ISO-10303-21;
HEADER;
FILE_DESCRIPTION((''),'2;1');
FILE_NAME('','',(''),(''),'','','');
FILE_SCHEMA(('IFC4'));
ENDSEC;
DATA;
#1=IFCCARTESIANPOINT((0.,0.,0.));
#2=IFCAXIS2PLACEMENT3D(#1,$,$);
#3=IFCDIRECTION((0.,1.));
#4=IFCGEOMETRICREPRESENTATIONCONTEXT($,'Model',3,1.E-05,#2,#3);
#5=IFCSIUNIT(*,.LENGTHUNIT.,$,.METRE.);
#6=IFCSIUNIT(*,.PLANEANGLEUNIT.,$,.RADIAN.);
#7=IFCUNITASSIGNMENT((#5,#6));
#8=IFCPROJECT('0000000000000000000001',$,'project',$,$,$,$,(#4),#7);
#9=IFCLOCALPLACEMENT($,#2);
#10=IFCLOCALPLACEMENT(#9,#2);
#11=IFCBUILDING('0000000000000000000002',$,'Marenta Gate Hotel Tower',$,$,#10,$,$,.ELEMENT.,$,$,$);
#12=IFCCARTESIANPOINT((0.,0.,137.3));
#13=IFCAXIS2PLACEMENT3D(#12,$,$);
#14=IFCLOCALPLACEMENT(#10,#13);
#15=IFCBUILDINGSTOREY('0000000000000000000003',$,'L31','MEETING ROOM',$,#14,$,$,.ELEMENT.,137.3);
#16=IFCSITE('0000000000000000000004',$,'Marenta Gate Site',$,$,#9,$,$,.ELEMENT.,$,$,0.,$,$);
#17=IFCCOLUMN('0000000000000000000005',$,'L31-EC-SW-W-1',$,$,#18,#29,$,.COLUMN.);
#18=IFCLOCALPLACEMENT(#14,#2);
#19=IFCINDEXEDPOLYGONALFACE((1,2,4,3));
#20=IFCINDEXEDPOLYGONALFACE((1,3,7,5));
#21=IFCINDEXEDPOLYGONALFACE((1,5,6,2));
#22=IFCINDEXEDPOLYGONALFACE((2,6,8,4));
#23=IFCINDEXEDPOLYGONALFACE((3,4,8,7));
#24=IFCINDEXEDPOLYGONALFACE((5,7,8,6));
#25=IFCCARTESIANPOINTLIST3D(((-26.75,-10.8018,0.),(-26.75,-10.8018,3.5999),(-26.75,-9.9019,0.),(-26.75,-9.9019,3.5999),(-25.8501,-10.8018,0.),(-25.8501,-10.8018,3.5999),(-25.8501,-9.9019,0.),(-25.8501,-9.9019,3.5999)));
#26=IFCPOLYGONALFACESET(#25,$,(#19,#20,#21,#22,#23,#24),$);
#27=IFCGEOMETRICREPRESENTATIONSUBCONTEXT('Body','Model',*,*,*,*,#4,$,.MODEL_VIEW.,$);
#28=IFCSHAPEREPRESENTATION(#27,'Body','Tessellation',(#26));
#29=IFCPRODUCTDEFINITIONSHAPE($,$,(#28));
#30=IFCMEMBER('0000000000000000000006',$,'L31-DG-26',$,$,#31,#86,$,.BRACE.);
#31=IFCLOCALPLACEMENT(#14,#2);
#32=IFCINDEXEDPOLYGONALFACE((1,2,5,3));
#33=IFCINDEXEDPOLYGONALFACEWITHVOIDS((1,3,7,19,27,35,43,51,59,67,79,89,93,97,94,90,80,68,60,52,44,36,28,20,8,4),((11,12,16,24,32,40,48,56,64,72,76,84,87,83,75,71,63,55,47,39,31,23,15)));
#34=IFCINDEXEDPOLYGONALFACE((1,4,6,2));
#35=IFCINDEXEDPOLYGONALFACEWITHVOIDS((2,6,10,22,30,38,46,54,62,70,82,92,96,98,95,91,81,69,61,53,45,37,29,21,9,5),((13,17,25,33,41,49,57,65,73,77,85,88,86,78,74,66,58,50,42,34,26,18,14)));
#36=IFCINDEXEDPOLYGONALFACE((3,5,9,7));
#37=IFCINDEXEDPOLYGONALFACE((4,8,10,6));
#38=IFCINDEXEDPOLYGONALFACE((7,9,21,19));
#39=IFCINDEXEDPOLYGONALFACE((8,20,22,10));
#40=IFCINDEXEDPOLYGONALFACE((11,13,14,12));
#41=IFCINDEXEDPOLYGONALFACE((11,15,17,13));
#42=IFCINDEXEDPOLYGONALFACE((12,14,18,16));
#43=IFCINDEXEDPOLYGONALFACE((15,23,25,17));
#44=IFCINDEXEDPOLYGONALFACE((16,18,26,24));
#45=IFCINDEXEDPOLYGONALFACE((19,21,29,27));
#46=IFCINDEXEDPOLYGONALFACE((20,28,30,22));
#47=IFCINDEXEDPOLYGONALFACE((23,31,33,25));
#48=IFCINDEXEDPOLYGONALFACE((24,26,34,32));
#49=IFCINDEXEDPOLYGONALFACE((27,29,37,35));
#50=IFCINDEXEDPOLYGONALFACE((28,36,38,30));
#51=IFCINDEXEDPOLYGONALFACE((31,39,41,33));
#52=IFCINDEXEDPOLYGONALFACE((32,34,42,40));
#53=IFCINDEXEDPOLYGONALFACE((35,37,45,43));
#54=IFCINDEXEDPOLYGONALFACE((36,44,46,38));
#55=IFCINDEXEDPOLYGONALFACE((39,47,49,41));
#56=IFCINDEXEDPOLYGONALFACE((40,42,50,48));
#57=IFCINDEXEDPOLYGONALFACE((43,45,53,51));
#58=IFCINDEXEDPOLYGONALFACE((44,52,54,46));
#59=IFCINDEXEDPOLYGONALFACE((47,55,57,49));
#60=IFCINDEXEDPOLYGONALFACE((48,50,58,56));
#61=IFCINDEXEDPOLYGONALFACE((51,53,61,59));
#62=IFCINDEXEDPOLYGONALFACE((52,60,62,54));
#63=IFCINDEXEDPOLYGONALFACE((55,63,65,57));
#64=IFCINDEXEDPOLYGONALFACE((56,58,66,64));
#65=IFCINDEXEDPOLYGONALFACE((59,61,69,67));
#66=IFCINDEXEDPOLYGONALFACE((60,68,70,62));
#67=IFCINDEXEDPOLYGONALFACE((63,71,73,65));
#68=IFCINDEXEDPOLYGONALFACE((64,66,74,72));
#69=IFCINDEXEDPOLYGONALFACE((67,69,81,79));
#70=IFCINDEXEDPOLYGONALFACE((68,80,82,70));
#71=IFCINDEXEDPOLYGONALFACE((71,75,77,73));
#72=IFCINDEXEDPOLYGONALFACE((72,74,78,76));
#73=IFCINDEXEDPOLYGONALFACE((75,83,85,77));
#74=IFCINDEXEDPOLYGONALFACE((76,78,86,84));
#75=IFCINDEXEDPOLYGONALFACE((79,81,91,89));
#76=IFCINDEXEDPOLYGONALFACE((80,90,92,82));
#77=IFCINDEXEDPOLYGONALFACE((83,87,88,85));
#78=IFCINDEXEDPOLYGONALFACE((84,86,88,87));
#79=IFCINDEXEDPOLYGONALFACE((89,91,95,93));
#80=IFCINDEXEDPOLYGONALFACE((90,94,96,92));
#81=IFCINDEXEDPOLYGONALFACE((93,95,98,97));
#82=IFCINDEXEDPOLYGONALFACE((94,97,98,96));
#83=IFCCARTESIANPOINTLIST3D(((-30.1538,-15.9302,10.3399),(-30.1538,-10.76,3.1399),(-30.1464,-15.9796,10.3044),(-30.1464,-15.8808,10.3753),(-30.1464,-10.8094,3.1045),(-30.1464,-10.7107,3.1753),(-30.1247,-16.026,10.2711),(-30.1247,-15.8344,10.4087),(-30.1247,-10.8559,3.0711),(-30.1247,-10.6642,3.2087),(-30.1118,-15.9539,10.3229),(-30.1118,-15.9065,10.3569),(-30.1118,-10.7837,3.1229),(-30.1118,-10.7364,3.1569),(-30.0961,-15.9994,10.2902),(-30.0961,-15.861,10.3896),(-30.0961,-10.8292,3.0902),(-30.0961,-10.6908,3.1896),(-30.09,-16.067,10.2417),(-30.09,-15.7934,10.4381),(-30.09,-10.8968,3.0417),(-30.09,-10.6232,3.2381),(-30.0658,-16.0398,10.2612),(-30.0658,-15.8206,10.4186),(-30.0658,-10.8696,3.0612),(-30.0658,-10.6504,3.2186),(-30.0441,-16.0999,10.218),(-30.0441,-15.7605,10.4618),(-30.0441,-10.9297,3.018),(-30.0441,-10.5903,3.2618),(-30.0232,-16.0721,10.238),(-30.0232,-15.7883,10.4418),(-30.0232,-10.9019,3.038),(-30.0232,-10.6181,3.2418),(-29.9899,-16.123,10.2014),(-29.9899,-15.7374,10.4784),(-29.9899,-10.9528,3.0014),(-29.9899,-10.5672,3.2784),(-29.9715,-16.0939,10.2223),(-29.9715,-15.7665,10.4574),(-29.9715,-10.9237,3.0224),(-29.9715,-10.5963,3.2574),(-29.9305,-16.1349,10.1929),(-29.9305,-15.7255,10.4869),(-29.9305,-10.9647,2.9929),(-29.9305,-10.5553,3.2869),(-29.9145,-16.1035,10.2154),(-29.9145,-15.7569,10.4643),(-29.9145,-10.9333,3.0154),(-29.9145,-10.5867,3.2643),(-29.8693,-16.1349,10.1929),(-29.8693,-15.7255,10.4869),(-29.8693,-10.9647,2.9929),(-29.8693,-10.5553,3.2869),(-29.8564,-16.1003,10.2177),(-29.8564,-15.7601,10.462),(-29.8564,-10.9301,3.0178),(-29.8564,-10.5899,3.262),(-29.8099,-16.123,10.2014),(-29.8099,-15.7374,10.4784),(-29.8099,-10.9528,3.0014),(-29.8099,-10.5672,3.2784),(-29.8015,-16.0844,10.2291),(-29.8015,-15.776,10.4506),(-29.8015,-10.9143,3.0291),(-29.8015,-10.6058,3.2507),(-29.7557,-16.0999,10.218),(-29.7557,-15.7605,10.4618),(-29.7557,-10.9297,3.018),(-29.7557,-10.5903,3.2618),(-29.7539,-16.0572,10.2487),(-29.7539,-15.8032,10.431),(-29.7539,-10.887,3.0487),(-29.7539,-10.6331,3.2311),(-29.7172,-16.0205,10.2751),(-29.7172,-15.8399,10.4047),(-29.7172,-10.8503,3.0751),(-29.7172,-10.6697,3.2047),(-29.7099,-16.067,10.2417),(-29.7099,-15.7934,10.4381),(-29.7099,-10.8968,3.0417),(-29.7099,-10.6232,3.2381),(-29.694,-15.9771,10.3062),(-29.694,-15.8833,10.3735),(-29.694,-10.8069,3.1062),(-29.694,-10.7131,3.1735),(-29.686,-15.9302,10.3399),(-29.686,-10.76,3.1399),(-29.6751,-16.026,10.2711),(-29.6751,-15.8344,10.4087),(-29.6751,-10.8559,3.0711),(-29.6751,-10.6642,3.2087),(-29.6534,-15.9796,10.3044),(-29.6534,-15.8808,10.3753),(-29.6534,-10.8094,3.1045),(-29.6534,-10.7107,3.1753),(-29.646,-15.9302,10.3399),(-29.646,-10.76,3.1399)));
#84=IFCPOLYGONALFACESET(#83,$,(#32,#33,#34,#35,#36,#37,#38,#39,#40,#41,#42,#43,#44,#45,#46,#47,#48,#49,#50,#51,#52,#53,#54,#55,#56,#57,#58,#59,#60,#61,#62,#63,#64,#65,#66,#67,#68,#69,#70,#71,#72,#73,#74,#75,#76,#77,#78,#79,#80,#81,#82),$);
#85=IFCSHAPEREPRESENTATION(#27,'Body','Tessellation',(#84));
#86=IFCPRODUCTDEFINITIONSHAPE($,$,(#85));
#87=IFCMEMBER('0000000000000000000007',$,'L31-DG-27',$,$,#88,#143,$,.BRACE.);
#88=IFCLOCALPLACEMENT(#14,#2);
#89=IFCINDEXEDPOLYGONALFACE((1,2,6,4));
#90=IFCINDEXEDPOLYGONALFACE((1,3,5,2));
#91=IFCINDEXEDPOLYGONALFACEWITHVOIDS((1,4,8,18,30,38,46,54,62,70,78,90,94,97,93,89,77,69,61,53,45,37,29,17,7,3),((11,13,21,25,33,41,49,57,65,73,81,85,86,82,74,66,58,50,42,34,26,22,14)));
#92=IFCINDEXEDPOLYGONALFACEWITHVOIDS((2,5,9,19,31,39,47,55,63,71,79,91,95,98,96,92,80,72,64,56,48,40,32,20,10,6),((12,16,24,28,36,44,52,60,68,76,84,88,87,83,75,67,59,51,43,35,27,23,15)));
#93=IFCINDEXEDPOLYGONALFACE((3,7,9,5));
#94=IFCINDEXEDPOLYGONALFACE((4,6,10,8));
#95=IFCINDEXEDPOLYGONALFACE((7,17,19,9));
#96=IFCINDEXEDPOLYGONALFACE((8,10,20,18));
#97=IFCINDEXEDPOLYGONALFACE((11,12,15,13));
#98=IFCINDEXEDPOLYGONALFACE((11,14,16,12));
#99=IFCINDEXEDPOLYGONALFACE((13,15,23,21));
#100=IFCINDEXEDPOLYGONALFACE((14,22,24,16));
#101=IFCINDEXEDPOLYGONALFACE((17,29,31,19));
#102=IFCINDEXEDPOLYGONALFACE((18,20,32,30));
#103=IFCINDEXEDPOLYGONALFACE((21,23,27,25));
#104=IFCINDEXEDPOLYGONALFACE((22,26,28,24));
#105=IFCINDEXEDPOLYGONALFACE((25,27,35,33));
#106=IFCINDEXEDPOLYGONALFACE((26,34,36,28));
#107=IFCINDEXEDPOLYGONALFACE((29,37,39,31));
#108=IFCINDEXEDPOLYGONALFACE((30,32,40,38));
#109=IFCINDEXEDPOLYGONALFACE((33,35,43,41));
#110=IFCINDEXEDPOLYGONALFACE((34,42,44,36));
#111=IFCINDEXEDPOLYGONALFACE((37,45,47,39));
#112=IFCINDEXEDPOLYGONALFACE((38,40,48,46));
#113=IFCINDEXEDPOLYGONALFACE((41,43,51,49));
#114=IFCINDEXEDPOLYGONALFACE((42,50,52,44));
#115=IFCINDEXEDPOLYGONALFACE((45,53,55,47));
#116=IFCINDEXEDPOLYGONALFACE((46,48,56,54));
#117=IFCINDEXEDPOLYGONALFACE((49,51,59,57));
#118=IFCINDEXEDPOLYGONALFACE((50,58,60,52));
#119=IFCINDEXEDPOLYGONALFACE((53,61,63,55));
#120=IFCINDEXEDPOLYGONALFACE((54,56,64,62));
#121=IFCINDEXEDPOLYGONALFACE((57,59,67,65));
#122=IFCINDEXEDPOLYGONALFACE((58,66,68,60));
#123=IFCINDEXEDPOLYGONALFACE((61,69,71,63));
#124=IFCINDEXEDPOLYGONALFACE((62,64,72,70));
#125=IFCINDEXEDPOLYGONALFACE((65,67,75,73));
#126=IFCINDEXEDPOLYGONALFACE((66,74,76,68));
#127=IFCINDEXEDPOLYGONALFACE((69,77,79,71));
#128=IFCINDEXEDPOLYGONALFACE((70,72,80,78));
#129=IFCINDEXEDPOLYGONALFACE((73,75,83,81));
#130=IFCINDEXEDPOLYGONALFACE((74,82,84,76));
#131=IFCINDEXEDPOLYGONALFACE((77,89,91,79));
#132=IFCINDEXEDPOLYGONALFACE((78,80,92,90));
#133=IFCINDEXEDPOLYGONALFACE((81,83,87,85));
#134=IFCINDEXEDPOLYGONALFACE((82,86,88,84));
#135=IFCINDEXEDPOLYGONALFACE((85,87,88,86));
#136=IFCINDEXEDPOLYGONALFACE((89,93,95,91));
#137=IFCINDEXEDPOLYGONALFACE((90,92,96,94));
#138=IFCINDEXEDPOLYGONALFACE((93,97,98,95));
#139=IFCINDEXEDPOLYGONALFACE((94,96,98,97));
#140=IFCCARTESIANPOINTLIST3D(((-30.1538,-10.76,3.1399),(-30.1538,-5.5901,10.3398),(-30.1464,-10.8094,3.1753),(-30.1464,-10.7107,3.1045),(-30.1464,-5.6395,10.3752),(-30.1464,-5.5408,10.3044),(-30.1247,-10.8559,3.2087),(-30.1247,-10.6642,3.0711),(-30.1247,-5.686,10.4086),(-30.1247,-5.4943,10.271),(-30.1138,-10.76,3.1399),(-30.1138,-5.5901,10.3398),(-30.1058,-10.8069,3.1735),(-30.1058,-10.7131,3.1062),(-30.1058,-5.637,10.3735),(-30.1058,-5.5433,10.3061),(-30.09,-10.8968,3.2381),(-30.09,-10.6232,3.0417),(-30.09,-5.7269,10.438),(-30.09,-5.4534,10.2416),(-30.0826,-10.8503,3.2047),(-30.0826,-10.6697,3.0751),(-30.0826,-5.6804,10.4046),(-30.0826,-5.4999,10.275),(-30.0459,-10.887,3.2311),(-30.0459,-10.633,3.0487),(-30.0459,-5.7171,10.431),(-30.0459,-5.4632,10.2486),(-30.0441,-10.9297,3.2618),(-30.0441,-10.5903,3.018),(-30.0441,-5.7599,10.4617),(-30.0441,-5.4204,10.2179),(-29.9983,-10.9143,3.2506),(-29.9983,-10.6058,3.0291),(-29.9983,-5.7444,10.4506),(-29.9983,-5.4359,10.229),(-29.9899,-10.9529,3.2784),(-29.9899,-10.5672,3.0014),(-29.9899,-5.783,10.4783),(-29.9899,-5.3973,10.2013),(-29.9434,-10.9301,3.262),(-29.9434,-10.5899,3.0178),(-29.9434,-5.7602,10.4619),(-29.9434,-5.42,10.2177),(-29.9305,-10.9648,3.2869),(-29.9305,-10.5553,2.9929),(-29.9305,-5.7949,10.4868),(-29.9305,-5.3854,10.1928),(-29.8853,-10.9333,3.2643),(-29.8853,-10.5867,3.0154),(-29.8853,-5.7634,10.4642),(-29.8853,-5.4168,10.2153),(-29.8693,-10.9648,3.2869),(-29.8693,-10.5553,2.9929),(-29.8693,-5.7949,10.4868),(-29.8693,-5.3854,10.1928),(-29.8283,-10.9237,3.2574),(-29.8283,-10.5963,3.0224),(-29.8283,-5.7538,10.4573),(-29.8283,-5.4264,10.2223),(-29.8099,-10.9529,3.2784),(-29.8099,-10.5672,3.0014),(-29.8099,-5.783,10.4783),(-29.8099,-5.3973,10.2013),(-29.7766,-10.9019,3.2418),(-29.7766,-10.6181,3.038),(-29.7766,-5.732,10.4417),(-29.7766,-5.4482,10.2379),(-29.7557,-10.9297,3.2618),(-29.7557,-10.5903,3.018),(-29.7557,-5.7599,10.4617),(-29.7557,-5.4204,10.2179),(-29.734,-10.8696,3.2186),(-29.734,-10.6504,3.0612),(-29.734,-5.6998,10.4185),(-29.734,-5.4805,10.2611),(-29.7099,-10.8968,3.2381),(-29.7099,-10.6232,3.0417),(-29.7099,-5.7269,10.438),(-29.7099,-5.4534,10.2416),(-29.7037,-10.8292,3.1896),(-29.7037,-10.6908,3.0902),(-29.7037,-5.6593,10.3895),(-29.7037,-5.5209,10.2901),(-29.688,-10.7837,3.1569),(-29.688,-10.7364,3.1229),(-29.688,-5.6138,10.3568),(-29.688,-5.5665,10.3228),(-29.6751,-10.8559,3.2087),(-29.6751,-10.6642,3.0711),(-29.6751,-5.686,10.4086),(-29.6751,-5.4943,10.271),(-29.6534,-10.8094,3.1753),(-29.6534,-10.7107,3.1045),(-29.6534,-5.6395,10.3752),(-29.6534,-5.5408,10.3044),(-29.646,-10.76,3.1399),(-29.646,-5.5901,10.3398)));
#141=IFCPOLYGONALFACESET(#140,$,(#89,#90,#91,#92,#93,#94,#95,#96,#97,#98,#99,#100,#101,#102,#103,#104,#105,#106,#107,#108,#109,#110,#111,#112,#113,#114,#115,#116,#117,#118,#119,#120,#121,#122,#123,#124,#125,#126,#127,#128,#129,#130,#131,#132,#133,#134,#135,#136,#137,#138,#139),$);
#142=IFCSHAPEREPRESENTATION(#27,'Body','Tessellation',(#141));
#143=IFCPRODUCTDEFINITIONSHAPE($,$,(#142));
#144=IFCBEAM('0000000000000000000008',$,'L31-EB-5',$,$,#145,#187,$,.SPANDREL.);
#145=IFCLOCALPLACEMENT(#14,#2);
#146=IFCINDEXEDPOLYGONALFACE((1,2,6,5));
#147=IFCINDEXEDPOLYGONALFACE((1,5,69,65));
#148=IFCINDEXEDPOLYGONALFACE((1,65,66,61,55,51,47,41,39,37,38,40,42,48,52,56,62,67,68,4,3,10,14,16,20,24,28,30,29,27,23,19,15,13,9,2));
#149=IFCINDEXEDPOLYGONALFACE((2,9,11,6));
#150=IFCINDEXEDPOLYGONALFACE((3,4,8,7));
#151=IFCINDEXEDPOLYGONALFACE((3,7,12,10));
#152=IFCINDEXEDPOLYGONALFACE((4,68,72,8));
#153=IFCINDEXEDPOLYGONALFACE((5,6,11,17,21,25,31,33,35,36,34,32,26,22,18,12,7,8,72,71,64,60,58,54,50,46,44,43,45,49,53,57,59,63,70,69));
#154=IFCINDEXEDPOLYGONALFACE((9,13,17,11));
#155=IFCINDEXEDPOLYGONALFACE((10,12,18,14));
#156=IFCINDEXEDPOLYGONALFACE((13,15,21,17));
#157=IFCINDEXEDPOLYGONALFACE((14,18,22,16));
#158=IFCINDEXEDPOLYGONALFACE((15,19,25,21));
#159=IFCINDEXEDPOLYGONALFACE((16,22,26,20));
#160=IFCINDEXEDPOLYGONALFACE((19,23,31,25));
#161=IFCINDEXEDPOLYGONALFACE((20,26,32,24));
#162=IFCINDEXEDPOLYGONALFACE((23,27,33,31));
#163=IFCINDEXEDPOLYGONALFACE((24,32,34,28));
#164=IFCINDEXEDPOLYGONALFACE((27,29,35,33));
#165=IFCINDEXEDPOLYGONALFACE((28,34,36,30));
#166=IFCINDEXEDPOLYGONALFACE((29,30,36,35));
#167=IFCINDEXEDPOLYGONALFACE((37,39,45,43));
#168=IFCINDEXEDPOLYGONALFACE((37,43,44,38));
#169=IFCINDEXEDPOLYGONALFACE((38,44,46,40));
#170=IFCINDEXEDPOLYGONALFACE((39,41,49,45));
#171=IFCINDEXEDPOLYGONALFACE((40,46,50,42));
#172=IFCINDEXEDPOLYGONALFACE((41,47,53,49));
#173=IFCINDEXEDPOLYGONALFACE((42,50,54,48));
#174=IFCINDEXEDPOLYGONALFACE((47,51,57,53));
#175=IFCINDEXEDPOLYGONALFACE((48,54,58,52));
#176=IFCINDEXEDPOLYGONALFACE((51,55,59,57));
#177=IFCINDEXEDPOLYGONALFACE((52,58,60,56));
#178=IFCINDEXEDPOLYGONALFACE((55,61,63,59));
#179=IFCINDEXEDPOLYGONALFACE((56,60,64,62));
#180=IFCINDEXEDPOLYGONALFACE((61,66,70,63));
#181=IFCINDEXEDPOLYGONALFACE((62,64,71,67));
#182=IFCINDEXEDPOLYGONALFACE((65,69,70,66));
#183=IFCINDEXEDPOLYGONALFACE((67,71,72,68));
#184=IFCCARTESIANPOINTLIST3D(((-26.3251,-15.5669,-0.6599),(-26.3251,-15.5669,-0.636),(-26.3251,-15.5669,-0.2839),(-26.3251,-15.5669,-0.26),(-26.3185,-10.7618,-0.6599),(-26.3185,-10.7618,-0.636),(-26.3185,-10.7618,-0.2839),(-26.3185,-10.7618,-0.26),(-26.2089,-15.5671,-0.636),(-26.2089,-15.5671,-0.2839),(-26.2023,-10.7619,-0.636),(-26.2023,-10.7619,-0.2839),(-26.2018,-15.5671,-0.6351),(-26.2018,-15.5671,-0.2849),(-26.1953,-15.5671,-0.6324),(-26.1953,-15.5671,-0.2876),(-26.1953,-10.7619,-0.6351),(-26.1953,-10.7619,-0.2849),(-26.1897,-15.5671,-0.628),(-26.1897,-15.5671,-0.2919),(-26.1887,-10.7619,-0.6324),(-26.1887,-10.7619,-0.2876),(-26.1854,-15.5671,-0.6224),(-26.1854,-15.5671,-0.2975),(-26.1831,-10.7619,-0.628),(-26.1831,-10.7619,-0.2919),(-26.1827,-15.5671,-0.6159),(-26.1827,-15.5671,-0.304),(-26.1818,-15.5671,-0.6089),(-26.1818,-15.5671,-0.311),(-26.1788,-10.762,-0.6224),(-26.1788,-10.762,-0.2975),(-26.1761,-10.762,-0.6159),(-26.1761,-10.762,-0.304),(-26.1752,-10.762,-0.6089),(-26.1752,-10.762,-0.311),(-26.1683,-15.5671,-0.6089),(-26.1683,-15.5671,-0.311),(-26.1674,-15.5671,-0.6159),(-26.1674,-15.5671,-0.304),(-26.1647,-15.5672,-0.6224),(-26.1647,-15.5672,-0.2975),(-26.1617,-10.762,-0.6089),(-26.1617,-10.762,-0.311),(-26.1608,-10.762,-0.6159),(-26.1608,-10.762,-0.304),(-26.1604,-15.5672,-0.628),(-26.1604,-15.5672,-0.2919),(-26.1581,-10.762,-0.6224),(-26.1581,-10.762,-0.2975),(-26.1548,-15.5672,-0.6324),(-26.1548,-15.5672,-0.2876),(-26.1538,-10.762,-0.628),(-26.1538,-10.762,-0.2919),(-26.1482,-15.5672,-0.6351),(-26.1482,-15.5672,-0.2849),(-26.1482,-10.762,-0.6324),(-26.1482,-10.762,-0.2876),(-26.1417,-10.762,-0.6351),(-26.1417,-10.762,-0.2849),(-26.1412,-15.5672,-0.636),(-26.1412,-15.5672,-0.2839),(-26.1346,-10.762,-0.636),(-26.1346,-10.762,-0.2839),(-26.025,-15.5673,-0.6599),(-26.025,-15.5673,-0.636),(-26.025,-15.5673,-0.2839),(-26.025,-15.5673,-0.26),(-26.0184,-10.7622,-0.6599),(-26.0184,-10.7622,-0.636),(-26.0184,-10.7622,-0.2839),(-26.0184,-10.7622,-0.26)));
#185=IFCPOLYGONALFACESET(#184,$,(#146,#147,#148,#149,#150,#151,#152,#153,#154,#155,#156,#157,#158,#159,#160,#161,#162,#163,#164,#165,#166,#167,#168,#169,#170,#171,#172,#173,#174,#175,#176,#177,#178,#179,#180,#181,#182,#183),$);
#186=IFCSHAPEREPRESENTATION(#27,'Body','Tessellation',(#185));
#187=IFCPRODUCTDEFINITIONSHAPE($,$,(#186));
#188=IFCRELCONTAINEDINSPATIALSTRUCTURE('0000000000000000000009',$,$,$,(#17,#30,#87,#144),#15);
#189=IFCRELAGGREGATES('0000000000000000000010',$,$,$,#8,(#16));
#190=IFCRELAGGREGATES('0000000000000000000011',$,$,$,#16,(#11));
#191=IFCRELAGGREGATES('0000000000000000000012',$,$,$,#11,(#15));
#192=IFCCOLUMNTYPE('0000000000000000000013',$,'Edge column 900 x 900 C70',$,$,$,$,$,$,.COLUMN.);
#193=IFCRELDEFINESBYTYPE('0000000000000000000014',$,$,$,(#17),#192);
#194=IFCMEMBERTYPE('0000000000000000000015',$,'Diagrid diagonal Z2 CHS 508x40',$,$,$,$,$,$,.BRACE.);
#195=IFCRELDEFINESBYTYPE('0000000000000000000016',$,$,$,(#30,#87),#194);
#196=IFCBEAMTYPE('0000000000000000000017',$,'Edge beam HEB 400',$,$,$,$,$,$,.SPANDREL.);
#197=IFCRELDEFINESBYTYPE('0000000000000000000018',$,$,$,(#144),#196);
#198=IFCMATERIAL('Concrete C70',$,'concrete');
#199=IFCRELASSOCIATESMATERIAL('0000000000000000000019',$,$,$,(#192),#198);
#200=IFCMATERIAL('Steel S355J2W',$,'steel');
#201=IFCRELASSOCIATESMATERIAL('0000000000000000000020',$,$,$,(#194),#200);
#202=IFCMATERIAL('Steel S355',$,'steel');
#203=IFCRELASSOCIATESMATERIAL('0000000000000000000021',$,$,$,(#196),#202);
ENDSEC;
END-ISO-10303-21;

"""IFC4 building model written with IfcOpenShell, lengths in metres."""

from ifc_helpers import new_model, si_unit, direction, frame, origin, origin_2d, place, context, subcontext, project, spatial, rectangle, hollow_circle, i_section, extrude, material, material_profile, profile_set, type_object, element, save


model = new_model("IFC4")

# Units and contexts
model_context = context("Model", 3, precision=1e-05, world=origin(), true_north=direction((0.0, 1.0)))
body_context = subcontext(model_context, "Body", "Model", "MODEL_VIEW")
ifc_project = project(units=[si_unit("LENGTHUNIT", "METRE"), si_unit("PLANEANGLEUNIT", "RADIAN")], contexts=[model_context])

# Site, building, storey
site_placement = place(None, origin())
site = spatial("IfcSite", under=ifc_project, at=site_placement, Name="Marenta Gate Site", CompositionType="ELEMENT", RefElevation=0.0)
building_placement = place(site_placement, origin())
building = spatial("IfcBuilding", under=site, at=building_placement, Name="Marenta Gate Hotel Tower", CompositionType="ELEMENT")
storey_placement = place(building_placement, frame((0.0, 0.0, 137.3)))
storey = spatial("IfcBuildingStorey", under=building, at=storey_placement, Name="L31", Description="MEETING ROOM", CompositionType="ELEMENT", Elevation=137.3)

# Column
ifc_material_1 = material(Name="Concrete C70", Category="concrete")
ifc_material_profile_1 = material_profile(ifc_material_1, rectangle(XDim=0.8999, YDim=0.8999, at=origin_2d()), Name="900 x 900")
ifc_profile_set_1 = profile_set([ifc_material_profile_1], Name="Concrete C70")
column_type = type_object("IfcColumnType", Name="Edge column 900 x 900 C70", PredefinedType="COLUMN", material=ifc_profile_set_1)
column_placement = place(storey_placement, frame((-26.3, -10.3518, 0.0), z_axis=(0.0, 0.0, 1.0), x_axis=(1.0, 0.0, 0.0)))
element("IfcColumn", 1, at=column_placement, inside=storey, type_object=column_type, Name="L31-EC-SW-W-1", PredefinedType="COLUMN", context=body_context, shape_type="SweptSolid", body=[
    extrude(rectangle(XDim=0.8999, YDim=0.8999, at=origin_2d()), origin(), (0.0, 0.0, 1.0), 3.5999),
])

# Members
ifc_material_2 = material(Name="Steel S355J2W", Category="steel")
ifc_material_profile_2 = material_profile(ifc_material_2, hollow_circle(Radius=0.2539, WallThickness=0.04, at=origin_2d()), Name="CHS 508x40")
ifc_profile_set_2 = profile_set([ifc_material_profile_2], Name="Steel S355J2W")
member_type_1 = type_object("IfcMemberType", Name="Diagrid diagonal Z2 CHS 508x40", PredefinedType="BRACE", material=ifc_profile_set_2)
member_1_placement = place(storey_placement, frame((-29.8999, -10.76, 3.1399), z_axis=(0.0, -0.583279, 0.812272), x_axis=(1.0, 0.0, 0.0)))
element("IfcMember", 2, at=member_1_placement, inside=storey, type_object=member_type_1, Name="L31-DG-26", PredefinedType="BRACE", context=body_context, shape_type="SweptSolid", body=[
    extrude(hollow_circle(Radius=0.2539, WallThickness=0.04, at=origin_2d()), origin(), (0.0, 0.0, 1.0), 8.864),
])
member_2_placement = place(storey_placement, frame((-29.8999, -10.76, 3.1399), z_axis=(0.0, 0.583261, 0.812285), x_axis=(-1.0, 0.0, 0.0)))
element("IfcMember", 3, at=member_2_placement, inside=storey, type_object=member_type_1, Name="L31-DG-27", PredefinedType="BRACE", context=body_context, shape_type="SweptSolid", body=[
    extrude(hollow_circle(Radius=0.2539, WallThickness=0.04, at=origin_2d()), origin(), (0.0, 0.0, 1.0), 8.8638),
])

# Beam
ifc_material_3 = material(Name="Steel S355", Category="steel")
ifc_material_profile_3 = material_profile(ifc_material_3, i_section(OverallWidth=0.3, OverallDepth=0.3999, WebThickness=0.0134, FlangeThickness=0.0239, FilletRadius=0.0271, at=origin_2d()), Name="HEB 400")
ifc_profile_set_3 = profile_set([ifc_material_profile_3], Name="Steel S355")
beam_type_1 = type_object("IfcBeamType", Name="Edge beam HEB 400", PredefinedType="SPANDREL", material=ifc_profile_set_3)
beam_1_placement = place(storey_placement, frame((-26.175, -15.5671, -0.46), z_axis=(0.001372, 0.999999, 0.0), x_axis=(-0.999999, 0.001372, 0.0)))
element("IfcBeam", 4, at=beam_1_placement, inside=storey, type_object=beam_type_1, Name="L31-EB-5", PredefinedType="SPANDREL", context=body_context, shape_type="SweptSolid", body=[
    extrude(i_section(OverallWidth=0.3, OverallDepth=0.3999, WebThickness=0.0134, FlangeThickness=0.0239, FilletRadius=0.0271, at=origin_2d()), origin(), (0.0, 0.0, 1.0), 4.8052),
])

save(model, "model.ifc")
